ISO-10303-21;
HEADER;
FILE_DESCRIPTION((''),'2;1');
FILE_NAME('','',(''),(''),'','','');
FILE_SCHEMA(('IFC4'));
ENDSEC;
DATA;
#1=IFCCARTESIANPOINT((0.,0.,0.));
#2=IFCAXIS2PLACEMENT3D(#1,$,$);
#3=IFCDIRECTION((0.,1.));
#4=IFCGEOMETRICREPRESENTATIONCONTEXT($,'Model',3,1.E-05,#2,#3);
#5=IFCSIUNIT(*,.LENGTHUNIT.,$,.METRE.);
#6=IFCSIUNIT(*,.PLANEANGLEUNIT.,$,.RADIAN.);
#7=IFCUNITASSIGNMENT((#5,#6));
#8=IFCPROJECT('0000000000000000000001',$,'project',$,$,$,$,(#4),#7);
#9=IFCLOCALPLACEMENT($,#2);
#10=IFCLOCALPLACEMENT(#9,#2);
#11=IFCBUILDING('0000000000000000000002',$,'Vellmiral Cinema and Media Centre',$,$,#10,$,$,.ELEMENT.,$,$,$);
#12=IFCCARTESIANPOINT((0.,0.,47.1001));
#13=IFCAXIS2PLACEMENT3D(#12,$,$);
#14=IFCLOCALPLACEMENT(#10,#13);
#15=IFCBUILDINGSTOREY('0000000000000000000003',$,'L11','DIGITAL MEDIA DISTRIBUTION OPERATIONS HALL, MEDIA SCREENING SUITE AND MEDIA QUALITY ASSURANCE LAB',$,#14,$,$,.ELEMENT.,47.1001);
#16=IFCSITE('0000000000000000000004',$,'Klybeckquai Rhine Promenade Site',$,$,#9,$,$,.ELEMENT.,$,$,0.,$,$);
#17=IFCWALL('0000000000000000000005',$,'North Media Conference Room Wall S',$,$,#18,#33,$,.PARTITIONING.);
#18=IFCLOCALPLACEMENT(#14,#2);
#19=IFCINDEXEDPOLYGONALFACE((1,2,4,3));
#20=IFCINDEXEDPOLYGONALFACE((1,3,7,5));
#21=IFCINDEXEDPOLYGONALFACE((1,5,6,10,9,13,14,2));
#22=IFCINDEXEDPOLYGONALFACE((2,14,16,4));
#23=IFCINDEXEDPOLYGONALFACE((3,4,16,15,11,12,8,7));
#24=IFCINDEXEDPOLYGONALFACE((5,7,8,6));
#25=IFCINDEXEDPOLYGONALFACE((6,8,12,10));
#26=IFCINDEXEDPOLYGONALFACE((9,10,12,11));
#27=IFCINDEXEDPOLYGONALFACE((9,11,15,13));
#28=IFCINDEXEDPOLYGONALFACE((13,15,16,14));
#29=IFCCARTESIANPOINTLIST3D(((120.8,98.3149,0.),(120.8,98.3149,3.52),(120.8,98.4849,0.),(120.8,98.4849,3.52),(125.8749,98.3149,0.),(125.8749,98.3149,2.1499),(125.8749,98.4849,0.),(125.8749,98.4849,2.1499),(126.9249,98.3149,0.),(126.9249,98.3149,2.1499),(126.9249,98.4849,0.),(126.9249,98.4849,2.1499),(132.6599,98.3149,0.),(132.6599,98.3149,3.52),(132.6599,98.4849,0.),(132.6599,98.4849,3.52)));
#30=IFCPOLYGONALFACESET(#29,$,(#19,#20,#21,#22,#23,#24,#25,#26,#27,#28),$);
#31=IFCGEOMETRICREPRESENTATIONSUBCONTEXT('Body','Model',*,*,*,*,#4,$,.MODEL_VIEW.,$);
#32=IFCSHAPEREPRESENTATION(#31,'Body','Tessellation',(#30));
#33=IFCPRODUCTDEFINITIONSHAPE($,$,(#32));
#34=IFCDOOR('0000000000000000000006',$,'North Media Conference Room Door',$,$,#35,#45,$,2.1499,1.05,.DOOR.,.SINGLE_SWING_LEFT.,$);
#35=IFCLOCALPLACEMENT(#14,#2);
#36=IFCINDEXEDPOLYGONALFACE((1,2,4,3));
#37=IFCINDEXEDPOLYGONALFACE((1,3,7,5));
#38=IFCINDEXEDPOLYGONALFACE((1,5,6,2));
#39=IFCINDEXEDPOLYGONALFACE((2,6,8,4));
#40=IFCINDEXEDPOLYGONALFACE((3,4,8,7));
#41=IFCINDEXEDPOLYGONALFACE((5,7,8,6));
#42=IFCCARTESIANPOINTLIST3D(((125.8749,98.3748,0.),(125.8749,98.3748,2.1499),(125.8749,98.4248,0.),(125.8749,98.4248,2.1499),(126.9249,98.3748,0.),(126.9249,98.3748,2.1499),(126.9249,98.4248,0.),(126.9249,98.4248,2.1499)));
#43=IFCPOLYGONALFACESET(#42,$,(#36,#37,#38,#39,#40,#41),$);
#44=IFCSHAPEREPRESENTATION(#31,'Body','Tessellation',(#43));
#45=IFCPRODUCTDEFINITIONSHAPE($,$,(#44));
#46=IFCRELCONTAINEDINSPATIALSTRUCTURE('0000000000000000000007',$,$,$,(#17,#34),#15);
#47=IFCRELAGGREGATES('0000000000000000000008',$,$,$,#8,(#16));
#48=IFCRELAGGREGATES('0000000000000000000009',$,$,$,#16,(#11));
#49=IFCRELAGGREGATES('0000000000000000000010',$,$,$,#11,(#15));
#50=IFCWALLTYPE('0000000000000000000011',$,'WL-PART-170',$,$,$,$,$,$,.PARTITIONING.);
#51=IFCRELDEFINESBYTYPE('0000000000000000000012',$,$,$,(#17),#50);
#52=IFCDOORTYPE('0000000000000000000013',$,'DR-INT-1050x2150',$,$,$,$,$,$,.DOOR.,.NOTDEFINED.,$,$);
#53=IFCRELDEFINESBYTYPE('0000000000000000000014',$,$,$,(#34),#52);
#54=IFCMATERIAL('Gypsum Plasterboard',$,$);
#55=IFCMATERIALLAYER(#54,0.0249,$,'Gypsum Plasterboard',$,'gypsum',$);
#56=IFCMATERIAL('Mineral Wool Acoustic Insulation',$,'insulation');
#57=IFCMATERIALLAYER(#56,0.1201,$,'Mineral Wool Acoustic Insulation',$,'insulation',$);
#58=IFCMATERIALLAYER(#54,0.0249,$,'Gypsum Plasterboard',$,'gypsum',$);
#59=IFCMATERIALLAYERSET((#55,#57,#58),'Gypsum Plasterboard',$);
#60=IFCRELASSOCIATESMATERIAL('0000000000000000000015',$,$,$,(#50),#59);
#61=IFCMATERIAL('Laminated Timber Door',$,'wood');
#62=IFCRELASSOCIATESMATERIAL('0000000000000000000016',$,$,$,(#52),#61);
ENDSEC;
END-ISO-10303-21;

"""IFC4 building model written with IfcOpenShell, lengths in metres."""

from ifc_helpers import new_model, si_unit, direction, frame, frame_2d, origin, place, context, subcontext, project, spatial, rectangle, extrude, material, layer, layer_set, type_object, element, fill, save


model = new_model("IFC4")

# Units and contexts
model_context = context("Model", 3, precision=1e-05, world=origin(), true_north=direction((0.0, 1.0)))
body_context = subcontext(model_context, "Body", "Model", "MODEL_VIEW")
ifc_project = project(units=[si_unit("LENGTHUNIT", "METRE"), si_unit("PLANEANGLEUNIT", "RADIAN")], contexts=[model_context])

# Site, building, storey
site_placement = place(None, origin())
site = spatial("IfcSite", under=ifc_project, at=site_placement, Name="Klybeckquai Rhine Promenade Site", CompositionType="ELEMENT", RefElevation=0.0)
building_placement = place(site_placement, origin())
building = spatial("IfcBuilding", under=site, at=building_placement, Name="Vellmiral Cinema and Media Centre", CompositionType="ELEMENT")
storey_placement = place(building_placement, frame((0.0, 0.0, 47.1001)))
storey = spatial("IfcBuildingStorey", under=building, at=storey_placement, Name="L11", Description="DIGITAL MEDIA DISTRIBUTION OPERATIONS HALL, MEDIA SCREENING SUITE AND MEDIA QUALITY ASSURANCE LAB", CompositionType="ELEMENT", Elevation=47.1001)

# Wall, opening, door
ifc_material_1 = material(Name="Gypsum Plasterboard")
ifc_layer_1 = layer(ifc_material_1, 0.0249, Name="Gypsum Plasterboard", Category="gypsum")
ifc_material_2 = material(Name="Mineral Wool Acoustic Insulation", Category="insulation")
ifc_layer_2 = layer(ifc_material_2, 0.1201, Name="Mineral Wool Acoustic Insulation", Category="insulation")
ifc_layer_3 = layer(ifc_material_1, 0.0249, Name="Gypsum Plasterboard", Category="gypsum")
ifc_layer_set_1 = layer_set([ifc_layer_1, ifc_layer_2, ifc_layer_3], Name="Gypsum Plasterboard")
wall_type_1 = type_object("IfcWallType", Name="WL-PART-170", PredefinedType="PARTITIONING", material=ifc_layer_set_1)
wall_1_placement = place(storey_placement, frame((120.8, 98.3999, 0.0), z_axis=(0.0, 0.0, 1.0), x_axis=(1.0, 0.0, 0.0)))
wall_1 = element("IfcWall", 1, at=wall_1_placement, inside=storey, type_object=wall_type_1, Name="North Media Conference Room Wall S", PredefinedType="PARTITIONING", context=body_context, shape_type="SweptSolid", body=[
    extrude(rectangle(XDim=11.8599, YDim=0.1699, at=frame_2d((5.9299, 0.0))), origin(), (0.0, 0.0, 1.0), 3.52),
])
opening_1_placement = place(wall_1_placement, frame((5.075, 0.0, 0.0)))
opening_1 = element("IfcOpeningElement", 2, at=opening_1_placement, cuts=wall_1, PredefinedType="OPENING", context=body_context, shape_type="SweptSolid", body=[
    extrude(rectangle(XDim=1.05, YDim=2.1499, at=frame_2d((0.5249, 1.075))), frame((0.0, 0.0969, 0.0), z_axis=(0.0, -1.0, 0.0), x_axis=(1.0, 0.0, 0.0)), (0.0, 0.0, 1.0), 0.1938),
])
ifc_material_3 = material(Name="Laminated Timber Door", Category="wood")
door_type = type_object("IfcDoorType", Name="DR-INT-1050x2150", OperationType="NOTDEFINED", PredefinedType="DOOR", material=ifc_material_3)
door_placement = place(opening_1_placement, origin())
door = element("IfcDoor", 3, at=door_placement, inside=storey, type_object=door_type, Name="North Media Conference Room Door", OperationType="SINGLE_SWING_LEFT", OverallHeight=2.1499, OverallWidth=1.05, PredefinedType="DOOR", context=body_context, shape_type="SweptSolid", body=[
    extrude(rectangle(XDim=1.05, YDim=2.1499, at=frame_2d((0.5249, 1.075))), frame((0.0, 0.0249, 0.0), z_axis=(0.0, -1.0, 0.0), x_axis=(1.0, 0.0, 0.0)), (0.0, 0.0, 1.0), 0.05),
])
fill(opening_1, door)

save(model, "model.ifc")
